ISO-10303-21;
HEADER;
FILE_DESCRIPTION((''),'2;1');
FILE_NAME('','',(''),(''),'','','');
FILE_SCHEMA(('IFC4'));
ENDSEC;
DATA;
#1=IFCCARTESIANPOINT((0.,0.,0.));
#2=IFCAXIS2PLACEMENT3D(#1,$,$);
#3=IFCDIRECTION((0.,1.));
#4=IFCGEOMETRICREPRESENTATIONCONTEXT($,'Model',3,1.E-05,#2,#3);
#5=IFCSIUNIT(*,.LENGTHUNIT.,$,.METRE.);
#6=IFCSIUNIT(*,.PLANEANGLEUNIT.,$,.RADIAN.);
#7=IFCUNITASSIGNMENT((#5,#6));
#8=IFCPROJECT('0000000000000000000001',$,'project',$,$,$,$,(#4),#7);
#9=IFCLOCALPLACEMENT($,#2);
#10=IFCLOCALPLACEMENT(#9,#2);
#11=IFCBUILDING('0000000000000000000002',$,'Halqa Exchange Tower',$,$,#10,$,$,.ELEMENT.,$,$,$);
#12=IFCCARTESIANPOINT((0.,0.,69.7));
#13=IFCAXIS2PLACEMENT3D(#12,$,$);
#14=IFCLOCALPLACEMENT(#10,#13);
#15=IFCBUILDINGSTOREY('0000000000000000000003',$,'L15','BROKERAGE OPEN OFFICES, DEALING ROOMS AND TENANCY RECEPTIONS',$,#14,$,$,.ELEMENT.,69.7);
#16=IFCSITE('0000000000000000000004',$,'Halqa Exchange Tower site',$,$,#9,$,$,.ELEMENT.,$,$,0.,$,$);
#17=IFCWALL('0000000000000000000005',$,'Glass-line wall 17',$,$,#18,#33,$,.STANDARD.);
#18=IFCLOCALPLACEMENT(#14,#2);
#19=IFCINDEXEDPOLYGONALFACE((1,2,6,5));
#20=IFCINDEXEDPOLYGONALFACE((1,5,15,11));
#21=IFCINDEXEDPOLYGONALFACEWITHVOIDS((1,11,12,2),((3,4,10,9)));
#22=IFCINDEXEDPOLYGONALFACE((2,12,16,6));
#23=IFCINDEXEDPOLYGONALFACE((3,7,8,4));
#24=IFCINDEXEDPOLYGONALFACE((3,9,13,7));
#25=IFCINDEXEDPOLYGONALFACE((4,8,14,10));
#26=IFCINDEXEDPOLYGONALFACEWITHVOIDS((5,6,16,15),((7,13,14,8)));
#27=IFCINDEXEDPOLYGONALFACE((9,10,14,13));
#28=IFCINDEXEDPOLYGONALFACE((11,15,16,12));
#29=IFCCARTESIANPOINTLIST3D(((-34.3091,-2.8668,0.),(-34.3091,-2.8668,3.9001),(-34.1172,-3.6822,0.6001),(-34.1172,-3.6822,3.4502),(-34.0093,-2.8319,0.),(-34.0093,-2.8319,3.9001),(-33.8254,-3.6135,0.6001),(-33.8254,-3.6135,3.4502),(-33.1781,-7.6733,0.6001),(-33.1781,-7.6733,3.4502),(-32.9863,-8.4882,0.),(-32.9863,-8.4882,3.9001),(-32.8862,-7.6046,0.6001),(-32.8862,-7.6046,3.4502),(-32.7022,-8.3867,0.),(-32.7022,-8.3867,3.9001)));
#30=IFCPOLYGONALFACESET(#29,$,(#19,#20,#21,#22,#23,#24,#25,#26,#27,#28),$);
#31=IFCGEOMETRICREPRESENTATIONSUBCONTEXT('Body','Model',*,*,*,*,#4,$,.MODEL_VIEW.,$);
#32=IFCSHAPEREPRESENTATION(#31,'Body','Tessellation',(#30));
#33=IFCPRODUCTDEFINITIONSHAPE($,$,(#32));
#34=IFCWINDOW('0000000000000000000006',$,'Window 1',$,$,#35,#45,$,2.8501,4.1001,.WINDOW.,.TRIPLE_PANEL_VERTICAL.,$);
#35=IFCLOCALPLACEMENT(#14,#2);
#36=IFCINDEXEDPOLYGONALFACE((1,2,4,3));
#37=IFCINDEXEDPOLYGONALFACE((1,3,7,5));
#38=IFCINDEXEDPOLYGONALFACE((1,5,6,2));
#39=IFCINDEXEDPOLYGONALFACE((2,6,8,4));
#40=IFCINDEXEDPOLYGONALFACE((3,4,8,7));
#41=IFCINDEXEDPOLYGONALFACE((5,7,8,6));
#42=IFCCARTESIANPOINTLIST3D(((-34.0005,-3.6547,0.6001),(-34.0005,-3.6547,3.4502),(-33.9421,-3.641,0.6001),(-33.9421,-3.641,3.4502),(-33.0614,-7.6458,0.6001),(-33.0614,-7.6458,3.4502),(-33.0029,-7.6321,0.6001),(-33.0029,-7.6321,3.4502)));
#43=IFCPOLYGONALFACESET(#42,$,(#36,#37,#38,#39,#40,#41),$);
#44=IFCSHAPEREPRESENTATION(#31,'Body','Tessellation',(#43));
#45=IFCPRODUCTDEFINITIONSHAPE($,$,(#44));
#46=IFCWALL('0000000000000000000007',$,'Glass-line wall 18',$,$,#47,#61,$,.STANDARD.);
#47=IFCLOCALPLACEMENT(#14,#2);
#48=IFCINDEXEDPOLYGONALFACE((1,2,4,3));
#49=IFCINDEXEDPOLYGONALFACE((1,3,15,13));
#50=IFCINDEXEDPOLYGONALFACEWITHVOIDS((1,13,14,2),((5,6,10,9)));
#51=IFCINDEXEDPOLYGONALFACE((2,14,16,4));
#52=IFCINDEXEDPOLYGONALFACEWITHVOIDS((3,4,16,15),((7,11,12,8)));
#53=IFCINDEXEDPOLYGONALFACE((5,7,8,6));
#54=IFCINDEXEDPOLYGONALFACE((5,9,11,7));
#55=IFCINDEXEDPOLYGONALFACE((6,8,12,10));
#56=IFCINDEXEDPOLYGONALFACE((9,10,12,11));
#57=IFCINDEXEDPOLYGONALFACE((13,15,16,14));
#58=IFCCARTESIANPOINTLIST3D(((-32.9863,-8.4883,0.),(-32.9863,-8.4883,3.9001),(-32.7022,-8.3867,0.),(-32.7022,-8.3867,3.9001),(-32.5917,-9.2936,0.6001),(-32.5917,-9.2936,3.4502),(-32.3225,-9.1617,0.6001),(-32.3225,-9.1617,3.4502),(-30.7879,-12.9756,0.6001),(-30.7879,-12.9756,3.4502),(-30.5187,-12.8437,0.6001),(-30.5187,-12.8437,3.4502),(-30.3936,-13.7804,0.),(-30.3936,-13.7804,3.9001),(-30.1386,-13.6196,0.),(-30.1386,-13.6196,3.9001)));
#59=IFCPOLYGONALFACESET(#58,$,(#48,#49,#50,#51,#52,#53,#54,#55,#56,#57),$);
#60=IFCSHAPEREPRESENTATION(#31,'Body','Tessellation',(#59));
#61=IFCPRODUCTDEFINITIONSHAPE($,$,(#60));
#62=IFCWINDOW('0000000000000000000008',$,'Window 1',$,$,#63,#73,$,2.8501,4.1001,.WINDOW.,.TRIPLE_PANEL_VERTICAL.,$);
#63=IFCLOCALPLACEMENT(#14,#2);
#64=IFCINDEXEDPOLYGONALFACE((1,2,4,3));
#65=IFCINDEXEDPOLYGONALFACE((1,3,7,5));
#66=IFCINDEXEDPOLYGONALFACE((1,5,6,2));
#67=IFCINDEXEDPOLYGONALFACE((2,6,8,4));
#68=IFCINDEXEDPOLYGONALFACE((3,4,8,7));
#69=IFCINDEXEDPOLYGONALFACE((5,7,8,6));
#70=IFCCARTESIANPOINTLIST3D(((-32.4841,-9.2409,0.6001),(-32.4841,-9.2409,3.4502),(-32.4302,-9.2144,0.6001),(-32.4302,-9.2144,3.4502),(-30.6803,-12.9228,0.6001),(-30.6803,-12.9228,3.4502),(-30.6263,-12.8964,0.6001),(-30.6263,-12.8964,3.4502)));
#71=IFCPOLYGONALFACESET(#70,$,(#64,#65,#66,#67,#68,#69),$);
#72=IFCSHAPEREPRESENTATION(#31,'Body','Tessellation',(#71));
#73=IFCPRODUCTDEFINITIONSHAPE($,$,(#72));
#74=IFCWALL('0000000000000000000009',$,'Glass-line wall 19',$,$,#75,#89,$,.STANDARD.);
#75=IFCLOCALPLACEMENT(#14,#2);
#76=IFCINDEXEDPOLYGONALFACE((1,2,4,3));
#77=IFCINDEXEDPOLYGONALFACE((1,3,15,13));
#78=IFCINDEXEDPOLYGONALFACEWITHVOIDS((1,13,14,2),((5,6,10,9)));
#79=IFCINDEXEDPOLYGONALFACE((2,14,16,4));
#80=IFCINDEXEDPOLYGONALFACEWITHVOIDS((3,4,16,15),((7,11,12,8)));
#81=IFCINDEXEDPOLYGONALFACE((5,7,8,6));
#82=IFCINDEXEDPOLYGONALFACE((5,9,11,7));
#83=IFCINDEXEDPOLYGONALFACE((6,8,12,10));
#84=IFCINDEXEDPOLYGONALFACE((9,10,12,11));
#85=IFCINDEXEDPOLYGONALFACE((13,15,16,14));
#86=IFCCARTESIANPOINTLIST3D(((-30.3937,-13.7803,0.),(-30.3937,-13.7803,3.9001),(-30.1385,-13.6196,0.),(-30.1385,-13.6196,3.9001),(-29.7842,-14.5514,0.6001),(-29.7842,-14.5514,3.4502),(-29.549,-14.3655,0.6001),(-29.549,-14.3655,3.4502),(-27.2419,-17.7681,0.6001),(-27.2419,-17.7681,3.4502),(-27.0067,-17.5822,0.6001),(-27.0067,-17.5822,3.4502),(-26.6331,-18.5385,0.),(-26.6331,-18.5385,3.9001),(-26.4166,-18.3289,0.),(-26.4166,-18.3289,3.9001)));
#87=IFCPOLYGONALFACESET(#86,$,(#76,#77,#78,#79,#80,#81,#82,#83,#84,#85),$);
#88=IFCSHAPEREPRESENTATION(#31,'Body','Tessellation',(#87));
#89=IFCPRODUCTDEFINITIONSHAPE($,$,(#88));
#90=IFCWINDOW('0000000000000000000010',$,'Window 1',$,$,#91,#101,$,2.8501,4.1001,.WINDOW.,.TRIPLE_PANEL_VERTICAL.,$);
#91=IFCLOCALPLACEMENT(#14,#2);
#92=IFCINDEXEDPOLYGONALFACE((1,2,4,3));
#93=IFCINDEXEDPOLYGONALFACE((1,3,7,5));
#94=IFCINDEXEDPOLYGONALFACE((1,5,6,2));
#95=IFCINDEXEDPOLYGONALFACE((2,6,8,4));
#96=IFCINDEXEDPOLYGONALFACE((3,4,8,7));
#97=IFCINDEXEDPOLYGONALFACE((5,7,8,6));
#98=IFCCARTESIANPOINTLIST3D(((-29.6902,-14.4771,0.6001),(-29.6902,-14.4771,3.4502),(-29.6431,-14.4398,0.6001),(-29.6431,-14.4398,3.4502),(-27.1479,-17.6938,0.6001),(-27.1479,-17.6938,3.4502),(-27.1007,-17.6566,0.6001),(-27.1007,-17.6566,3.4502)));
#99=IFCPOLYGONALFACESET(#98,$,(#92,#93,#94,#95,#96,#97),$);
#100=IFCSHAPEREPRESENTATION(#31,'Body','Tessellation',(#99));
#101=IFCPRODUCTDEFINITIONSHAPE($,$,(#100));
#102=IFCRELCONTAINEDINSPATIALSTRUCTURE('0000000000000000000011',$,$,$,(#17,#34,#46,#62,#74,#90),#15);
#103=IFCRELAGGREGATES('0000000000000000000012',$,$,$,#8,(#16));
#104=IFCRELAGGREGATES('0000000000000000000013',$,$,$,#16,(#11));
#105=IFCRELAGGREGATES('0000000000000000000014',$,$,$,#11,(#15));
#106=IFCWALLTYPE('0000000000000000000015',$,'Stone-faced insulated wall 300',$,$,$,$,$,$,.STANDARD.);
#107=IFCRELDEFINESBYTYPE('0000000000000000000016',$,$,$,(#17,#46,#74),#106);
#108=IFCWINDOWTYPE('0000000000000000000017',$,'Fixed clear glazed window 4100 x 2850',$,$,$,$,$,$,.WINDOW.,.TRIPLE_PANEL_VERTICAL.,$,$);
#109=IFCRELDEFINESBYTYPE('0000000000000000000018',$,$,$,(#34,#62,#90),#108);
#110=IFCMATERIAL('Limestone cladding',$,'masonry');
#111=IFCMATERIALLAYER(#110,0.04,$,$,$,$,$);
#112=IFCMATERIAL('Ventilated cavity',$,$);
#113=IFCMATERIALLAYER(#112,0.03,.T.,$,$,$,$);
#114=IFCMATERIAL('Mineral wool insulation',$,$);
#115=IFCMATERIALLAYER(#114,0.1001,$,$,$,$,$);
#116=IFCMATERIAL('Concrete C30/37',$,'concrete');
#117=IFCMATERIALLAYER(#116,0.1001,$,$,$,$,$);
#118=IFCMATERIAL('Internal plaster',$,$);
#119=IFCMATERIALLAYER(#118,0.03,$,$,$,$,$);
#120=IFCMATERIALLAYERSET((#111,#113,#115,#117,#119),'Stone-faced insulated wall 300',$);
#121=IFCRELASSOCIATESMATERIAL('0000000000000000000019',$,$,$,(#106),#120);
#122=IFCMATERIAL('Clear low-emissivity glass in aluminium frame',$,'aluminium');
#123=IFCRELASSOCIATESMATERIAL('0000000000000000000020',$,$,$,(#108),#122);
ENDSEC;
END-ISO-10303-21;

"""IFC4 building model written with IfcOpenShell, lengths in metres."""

from ifc_helpers import new_model, si_unit, direction, frame, frame_2d, origin, place, context, subcontext, project, spatial, polyline, rectangle, outline, extrude, material, layer, layer_set, type_object, element, fill, save


model = new_model("IFC4")

# Units and contexts
model_context = context("Model", 3, precision=1e-05, world=origin(), true_north=direction((0.0, 1.0)))
body_context = subcontext(model_context, "Body", "Model", "MODEL_VIEW")
ifc_project = project(units=[si_unit("LENGTHUNIT", "METRE"), si_unit("PLANEANGLEUNIT", "RADIAN")], contexts=[model_context])

# Site, building, storey
site_placement = place(None, origin())
site = spatial("IfcSite", under=ifc_project, at=site_placement, Name="Halqa Exchange Tower site", CompositionType="ELEMENT", RefElevation=0.0)
building_placement = place(site_placement, origin())
building = spatial("IfcBuilding", under=site, at=building_placement, Name="Halqa Exchange Tower", CompositionType="ELEMENT")
storey_placement = place(building_placement, frame((0.0, 0.0, 69.7)))
storey = spatial("IfcBuildingStorey", under=building, at=storey_placement, Name="L15", Description="BROKERAGE OPEN OFFICES, DEALING ROOMS AND TENANCY RECEPTIONS", CompositionType="ELEMENT", Elevation=69.7)

# Walls, openings, windows
ifc_material_1 = material(Name="Limestone cladding", Category="masonry")
ifc_layer_1 = layer(ifc_material_1, 0.04)
ifc_material_2 = material(Name="Ventilated cavity")
ifc_layer_2 = layer(ifc_material_2, 0.03, ventilated=True)
ifc_material_3 = material(Name="Mineral wool insulation")
ifc_layer_3 = layer(ifc_material_3, 0.1001)
ifc_material_4 = material(Name="Concrete C30/37", Category="concrete")
ifc_layer_4 = layer(ifc_material_4, 0.1001)
ifc_material_5 = material(Name="Internal plaster")
ifc_layer_5 = layer(ifc_material_5, 0.03)
ifc_layer_set_1 = layer_set([ifc_layer_1, ifc_layer_2, ifc_layer_3, ifc_layer_4, ifc_layer_5], Name="Stone-faced insulated wall 300")
wall_type_1 = type_object("IfcWallType", Name="Stone-faced insulated wall 300", PredefinedType="STANDARD", material=ifc_layer_set_1)
wall_1_placement = place(storey_placement, frame((-34.1592, -2.8494, 0.0), z_axis=(0.0, 0.0, 1.0), x_axis=(0.229054, -0.973414, 0.0)))
wall_1 = element("IfcWall", 1, at=wall_1_placement, inside=storey, type_object=wall_type_1, Name="Glass-line wall 17", PredefinedType="STANDARD", context=body_context, shape_type="SweptSolid", body=[
    extrude(outline(polyline([(-0.0173, -0.1499), (5.7576, -0.1499), (5.7239, 0.1499), (0.0173, 0.1499), (-0.0173, -0.1499)])), origin(), (0.0, 0.0, 1.0), 3.9001),
])
opening_1_placement = place(wall_1_placement, frame((0.8203, 0.0, 0.6001)))
opening_1 = element("IfcOpeningElement", 2, at=opening_1_placement, cuts=wall_1, PredefinedType="OPENING", context=body_context, shape_type="SweptSolid", body=[
    extrude(rectangle(XDim=4.1001, YDim=2.8501, at=frame_2d((2.05, 1.425))), frame((0.0, 0.1621, 0.0), z_axis=(0.0, -1.0, 0.0), x_axis=(1.0, 0.0, 0.0)), (0.0, 0.0, 1.0), 0.324),
])
ifc_material_6 = material(Name="Clear low-emissivity glass in aluminium frame", Category="aluminium")
window_type = type_object("IfcWindowType", Name="Fixed clear glazed window 4100 x 2850", PartitioningType="TRIPLE_PANEL_VERTICAL", PredefinedType="WINDOW", material=ifc_material_6)
window_1_placement = place(opening_1_placement, origin())
window_1 = element("IfcWindow", 3, at=window_1_placement, inside=storey, type_object=window_type, Name="Window 1", OverallHeight=2.8501, OverallWidth=4.1001, PartitioningType="TRIPLE_PANEL_VERTICAL", PredefinedType="WINDOW", context=body_context, shape_type="SweptSolid", body=[
    extrude(rectangle(XDim=4.1001, YDim=2.8501, at=frame_2d((2.05, 1.425))), frame((0.0, 0.03, 0.0), z_axis=(0.0, -1.0, 0.0), x_axis=(1.0, 0.0, 0.0)), (0.0, 0.0, 1.0), 0.0601),
])
fill(opening_1, window_1)
wall_2_placement = place(storey_placement, frame((-32.8442, -8.4375, 0.0), z_axis=(0.0, 0.0, 1.0), x_axis=(0.43995, -0.898022, 0.0)))
wall_2 = element("IfcWall", 4, at=wall_2_placement, inside=storey, type_object=wall_type_1, Name="Glass-line wall 18", PredefinedType="STANDARD", context=body_context, shape_type="SweptSolid", body=[
    extrude(outline(polyline([(-0.0168, -0.1499), (5.8762, -0.1499), (5.844, 0.1499), (0.0168, 0.1499), (-0.0168, -0.1499)])), origin(), (0.0, 0.0, 1.0), 3.9001),
])
opening_2_placement = place(wall_2_placement, frame((0.8799, 0.0, 0.6001)))
opening_2 = element("IfcOpeningElement", 5, at=opening_2_placement, cuts=wall_2, PredefinedType="OPENING", context=body_context, shape_type="SweptSolid", body=[
    extrude(rectangle(XDim=4.1001, YDim=2.8501, at=frame_2d((2.05, 1.425))), frame((0.0, 0.1621, 0.0), z_axis=(0.0, -1.0, 0.0), x_axis=(1.0, 0.0, 0.0)), (0.0, 0.0, 1.0), 0.324),
])
window_2_placement = place(opening_2_placement, origin())
window_2 = element("IfcWindow", 6, at=window_2_placement, inside=storey, type_object=window_type, Name="Window 1", OverallHeight=2.8501, OverallWidth=4.1001, PartitioningType="TRIPLE_PANEL_VERTICAL", PredefinedType="WINDOW", context=body_context, shape_type="SweptSolid", body=[
    extrude(rectangle(XDim=4.1001, YDim=2.8501, at=frame_2d((2.05, 1.425))), frame((0.0, 0.03, 0.0), z_axis=(0.0, -1.0, 0.0), x_axis=(1.0, 0.0, 0.0)), (0.0, 0.0, 1.0), 0.0601),
])
fill(opening_2, window_2)
wall_3_placement = place(storey_placement, frame((-30.2661, -13.7, 0.0), z_axis=(0.0, 0.0, 1.0), x_axis=(0.620065, -0.78455, 0.0)))
wall_3 = element("IfcWall", 7, at=wall_3_placement, inside=storey, type_object=wall_type_1, Name="Glass-line wall 19", PredefinedType="STANDARD", context=body_context, shape_type="SweptSolid", body=[
    extrude(outline(polyline([(-0.0161, -0.1499), (6.0488, -0.1499), (6.0186, 0.1499), (0.0161, 0.1499), (-0.0161, -0.1499)])), origin(), (0.0, 0.0, 1.0), 3.9001),
])
opening_3_placement = place(wall_3_placement, frame((0.9668, 0.0, 0.6001)))
opening_3 = element("IfcOpeningElement", 8, at=opening_3_placement, cuts=wall_3, PredefinedType="OPENING", context=body_context, shape_type="SweptSolid", body=[
    extrude(rectangle(XDim=4.1001, YDim=2.8501, at=frame_2d((2.05, 1.425))), frame((0.0, 0.1621, 0.0), z_axis=(0.0, -1.0, 0.0), x_axis=(1.0, 0.0, 0.0)), (0.0, 0.0, 1.0), 0.324),
])
window_3_placement = place(opening_3_placement, origin())
window_3 = element("IfcWindow", 9, at=window_3_placement, inside=storey, type_object=window_type, Name="Window 1", OverallHeight=2.8501, OverallWidth=4.1001, PartitioningType="TRIPLE_PANEL_VERTICAL", PredefinedType="WINDOW", context=body_context, shape_type="SweptSolid", body=[
    extrude(rectangle(XDim=4.1001, YDim=2.8501, at=frame_2d((2.05, 1.425))), frame((0.0, 0.03, 0.0), z_axis=(0.0, -1.0, 0.0), x_axis=(1.0, 0.0, 0.0)), (0.0, 0.0, 1.0), 0.0601),
])
fill(opening_3, window_3)

save(model, "model.ifc")
